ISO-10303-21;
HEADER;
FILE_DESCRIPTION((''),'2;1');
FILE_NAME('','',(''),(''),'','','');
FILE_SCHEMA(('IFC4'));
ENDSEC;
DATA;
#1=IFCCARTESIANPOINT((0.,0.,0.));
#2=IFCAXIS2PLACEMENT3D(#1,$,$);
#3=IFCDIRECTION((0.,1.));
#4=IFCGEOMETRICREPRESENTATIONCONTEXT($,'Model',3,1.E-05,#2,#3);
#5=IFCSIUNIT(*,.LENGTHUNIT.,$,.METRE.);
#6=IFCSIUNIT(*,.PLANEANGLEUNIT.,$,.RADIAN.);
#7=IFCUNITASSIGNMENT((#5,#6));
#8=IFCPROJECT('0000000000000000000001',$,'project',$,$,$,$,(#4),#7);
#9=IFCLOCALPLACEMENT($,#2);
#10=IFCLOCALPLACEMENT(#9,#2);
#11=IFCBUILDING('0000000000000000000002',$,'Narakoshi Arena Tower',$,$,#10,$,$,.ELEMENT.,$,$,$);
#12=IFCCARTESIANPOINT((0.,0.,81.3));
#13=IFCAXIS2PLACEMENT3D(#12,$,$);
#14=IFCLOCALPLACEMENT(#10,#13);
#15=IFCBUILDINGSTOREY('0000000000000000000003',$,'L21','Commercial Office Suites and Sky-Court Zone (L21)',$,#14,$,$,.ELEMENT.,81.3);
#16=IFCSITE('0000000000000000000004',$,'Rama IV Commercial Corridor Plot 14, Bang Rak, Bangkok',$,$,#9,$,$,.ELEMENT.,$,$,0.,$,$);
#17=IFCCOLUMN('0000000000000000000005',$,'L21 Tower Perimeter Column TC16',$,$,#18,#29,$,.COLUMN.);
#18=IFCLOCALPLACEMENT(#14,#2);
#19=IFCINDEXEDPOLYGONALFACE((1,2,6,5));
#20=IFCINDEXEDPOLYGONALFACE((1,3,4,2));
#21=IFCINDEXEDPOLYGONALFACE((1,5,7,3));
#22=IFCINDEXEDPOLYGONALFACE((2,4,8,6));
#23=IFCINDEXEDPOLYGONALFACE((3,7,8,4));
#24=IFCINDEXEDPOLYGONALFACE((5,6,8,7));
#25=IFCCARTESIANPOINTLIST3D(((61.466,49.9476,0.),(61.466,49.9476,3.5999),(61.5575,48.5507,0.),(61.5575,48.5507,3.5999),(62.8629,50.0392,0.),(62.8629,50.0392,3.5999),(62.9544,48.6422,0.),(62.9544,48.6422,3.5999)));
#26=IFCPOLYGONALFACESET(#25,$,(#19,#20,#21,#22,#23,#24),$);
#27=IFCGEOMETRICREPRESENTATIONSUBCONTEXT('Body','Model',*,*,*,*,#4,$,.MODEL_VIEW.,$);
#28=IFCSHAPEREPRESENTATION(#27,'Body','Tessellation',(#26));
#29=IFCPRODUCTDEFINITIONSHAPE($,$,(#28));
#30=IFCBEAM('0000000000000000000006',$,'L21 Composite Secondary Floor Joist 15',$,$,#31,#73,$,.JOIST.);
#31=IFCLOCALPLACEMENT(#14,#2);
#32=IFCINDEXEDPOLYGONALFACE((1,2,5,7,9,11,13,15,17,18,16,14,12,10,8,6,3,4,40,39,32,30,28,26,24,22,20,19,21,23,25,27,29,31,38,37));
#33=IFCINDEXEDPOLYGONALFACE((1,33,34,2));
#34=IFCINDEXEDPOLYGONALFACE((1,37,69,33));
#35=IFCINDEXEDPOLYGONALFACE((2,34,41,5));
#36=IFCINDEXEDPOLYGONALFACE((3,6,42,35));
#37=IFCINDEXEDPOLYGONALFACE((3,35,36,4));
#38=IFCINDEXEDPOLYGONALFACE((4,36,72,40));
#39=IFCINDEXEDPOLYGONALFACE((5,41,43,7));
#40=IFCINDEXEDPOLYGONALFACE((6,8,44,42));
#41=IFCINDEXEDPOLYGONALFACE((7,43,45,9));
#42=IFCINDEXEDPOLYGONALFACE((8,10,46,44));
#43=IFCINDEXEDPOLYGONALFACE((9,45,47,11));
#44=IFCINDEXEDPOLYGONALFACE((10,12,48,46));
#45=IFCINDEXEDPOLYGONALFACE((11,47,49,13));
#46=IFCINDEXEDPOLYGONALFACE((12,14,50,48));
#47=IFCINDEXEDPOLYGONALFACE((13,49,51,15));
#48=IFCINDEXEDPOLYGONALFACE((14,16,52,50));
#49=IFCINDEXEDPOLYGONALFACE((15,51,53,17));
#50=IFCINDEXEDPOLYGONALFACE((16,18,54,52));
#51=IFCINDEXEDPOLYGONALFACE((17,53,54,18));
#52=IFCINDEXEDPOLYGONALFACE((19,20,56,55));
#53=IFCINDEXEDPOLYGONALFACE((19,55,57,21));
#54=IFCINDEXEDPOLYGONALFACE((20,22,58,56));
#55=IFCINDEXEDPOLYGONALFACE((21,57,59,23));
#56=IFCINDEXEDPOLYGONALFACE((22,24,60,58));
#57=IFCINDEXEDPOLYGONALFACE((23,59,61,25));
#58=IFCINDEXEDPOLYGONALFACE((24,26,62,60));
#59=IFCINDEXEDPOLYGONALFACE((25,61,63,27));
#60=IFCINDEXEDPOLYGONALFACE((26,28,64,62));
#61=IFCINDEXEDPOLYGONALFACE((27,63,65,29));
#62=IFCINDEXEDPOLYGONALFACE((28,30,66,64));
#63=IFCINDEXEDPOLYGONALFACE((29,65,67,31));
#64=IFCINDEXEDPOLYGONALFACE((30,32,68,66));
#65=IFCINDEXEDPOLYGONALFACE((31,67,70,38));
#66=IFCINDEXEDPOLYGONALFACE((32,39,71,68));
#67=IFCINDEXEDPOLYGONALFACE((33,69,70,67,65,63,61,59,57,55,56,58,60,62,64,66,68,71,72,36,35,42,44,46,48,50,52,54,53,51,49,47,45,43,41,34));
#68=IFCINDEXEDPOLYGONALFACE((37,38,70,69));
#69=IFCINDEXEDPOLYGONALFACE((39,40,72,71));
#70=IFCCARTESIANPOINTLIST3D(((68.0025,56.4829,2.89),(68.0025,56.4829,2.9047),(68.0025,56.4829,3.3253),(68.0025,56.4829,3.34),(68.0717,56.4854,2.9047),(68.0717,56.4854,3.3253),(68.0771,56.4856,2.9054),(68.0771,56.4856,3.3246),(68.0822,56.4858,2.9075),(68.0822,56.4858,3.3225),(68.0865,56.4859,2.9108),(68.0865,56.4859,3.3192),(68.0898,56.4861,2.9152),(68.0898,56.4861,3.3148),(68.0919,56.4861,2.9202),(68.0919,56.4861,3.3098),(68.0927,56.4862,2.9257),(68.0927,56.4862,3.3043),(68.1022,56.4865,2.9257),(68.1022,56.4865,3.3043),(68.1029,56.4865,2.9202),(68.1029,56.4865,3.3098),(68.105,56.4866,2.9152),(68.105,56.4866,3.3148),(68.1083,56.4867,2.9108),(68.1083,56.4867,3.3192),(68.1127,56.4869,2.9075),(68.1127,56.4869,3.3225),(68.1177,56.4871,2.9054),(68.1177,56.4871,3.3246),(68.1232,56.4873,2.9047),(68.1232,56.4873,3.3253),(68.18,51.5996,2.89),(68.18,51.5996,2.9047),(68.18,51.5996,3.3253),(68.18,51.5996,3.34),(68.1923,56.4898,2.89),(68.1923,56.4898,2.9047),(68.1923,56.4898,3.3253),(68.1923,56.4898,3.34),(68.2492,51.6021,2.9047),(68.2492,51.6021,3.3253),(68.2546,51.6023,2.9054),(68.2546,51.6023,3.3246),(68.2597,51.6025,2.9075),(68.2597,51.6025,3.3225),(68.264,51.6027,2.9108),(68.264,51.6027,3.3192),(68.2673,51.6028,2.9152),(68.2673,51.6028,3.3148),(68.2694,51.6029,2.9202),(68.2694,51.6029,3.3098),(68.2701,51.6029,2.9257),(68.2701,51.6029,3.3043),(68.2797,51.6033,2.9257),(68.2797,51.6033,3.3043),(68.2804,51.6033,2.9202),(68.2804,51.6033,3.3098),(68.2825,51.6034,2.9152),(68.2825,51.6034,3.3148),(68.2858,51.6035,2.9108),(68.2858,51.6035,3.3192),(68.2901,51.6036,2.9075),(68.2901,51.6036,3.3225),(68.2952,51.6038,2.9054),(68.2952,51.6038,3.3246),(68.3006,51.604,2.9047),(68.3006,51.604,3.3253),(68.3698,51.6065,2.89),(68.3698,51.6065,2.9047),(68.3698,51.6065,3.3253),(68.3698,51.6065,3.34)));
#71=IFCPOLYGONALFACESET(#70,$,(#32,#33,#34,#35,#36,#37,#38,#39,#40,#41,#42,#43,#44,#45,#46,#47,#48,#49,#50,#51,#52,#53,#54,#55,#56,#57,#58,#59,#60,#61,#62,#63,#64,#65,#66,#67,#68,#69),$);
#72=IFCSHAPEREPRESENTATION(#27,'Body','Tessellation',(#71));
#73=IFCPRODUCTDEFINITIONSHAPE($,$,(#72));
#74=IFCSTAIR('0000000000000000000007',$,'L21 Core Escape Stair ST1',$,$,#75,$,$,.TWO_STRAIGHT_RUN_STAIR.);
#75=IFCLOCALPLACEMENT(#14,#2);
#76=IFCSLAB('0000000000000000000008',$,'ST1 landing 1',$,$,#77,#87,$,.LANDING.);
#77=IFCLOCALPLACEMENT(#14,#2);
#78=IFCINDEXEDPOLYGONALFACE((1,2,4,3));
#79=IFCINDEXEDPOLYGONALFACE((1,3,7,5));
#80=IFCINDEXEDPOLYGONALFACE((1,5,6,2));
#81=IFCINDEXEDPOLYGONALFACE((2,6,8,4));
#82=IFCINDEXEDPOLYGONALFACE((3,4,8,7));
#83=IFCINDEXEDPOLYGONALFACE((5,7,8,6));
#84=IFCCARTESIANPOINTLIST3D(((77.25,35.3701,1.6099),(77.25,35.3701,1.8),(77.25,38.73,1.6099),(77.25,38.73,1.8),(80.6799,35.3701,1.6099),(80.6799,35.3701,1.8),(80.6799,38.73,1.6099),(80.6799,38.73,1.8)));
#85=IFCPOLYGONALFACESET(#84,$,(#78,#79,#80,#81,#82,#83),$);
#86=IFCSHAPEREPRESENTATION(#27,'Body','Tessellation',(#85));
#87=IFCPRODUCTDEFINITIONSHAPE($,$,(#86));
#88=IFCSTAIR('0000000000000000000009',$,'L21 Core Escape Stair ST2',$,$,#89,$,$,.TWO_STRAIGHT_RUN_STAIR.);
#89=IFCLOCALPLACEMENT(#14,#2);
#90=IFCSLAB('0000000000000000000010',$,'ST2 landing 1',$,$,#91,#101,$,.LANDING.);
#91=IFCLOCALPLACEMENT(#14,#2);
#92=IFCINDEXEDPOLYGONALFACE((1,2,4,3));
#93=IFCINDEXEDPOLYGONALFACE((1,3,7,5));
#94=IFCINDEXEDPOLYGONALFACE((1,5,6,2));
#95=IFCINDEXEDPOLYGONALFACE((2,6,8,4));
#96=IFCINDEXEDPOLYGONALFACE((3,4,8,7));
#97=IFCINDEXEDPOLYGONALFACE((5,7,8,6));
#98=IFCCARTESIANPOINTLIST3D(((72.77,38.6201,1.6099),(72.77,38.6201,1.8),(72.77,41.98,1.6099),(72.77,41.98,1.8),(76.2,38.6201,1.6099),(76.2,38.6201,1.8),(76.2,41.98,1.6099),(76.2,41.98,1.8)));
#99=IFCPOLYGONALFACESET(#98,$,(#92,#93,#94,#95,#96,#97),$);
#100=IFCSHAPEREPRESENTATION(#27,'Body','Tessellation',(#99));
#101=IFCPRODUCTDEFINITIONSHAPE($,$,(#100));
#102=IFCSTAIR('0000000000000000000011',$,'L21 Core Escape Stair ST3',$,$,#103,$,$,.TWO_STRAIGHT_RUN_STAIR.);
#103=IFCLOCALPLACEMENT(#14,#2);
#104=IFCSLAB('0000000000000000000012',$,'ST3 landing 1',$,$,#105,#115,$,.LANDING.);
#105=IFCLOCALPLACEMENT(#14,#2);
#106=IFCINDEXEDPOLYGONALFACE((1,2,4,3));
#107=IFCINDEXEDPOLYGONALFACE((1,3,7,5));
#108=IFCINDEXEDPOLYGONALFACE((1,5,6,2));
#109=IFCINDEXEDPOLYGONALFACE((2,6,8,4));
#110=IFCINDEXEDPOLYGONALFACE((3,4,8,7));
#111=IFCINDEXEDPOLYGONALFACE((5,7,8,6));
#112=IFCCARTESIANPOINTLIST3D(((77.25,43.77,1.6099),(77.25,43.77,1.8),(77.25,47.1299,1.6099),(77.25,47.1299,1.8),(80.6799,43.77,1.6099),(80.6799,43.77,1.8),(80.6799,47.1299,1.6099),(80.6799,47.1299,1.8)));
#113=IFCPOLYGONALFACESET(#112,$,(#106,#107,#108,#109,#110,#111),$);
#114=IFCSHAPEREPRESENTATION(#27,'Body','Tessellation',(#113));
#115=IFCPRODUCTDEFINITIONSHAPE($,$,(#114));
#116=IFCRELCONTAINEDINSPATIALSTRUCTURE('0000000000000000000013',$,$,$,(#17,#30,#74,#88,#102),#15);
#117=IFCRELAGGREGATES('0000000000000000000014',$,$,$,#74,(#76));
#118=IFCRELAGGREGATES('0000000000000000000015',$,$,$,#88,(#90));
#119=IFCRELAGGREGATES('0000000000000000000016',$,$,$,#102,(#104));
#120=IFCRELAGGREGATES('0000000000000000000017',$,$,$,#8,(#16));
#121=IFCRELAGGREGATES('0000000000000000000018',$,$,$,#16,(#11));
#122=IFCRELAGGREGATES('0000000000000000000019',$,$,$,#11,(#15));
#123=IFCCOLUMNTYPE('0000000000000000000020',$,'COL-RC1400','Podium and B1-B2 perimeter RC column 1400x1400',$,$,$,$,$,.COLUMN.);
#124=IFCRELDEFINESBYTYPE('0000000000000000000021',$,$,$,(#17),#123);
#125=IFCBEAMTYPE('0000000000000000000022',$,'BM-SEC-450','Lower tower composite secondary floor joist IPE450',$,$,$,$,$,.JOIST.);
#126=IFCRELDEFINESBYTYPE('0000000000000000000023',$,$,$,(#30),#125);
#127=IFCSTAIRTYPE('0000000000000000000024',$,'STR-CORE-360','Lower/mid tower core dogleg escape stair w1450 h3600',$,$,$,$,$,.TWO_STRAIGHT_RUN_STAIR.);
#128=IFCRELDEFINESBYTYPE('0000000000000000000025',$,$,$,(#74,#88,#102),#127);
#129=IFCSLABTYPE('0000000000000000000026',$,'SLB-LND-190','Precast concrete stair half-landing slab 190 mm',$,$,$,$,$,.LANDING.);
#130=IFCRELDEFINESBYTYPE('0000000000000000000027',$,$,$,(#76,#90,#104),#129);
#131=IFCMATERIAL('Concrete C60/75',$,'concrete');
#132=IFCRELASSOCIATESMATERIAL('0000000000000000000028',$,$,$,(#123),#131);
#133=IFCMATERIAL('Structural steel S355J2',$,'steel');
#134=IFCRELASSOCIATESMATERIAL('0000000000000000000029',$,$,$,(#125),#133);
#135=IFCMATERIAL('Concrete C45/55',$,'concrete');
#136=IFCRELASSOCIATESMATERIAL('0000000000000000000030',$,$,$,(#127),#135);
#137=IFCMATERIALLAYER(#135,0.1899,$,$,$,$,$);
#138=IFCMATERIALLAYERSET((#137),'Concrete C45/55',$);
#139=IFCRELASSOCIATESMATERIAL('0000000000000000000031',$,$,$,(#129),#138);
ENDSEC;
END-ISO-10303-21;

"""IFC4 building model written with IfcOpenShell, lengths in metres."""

from ifc_helpers import new_model, si_unit, direction, frame, origin, origin_2d, place, context, subcontext, project, spatial, polyline, rectangle, i_section, outline, extrude, material, layer, layer_set, material_profile, profile_set, type_object, element, aggregate, save


model = new_model("IFC4")

# Units and contexts
model_context = context("Model", 3, precision=1e-05, world=origin(), true_north=direction((0.0, 1.0)))
body_context = subcontext(model_context, "Body", "Model", "MODEL_VIEW")
ifc_project = project(units=[si_unit("LENGTHUNIT", "METRE"), si_unit("PLANEANGLEUNIT", "RADIAN")], contexts=[model_context])

# Site, building, storey
site_placement = place(None, origin())
site = spatial("IfcSite", under=ifc_project, at=site_placement, Name="Rama IV Commercial Corridor Plot 14, Bang Rak, Bangkok", CompositionType="ELEMENT", RefElevation=0.0)
building_placement = place(site_placement, origin())
building = spatial("IfcBuilding", under=site, at=building_placement, Name="Narakoshi Arena Tower", CompositionType="ELEMENT")
storey_placement = place(building_placement, frame((0.0, 0.0, 81.3)))
storey = spatial("IfcBuildingStorey", under=building, at=storey_placement, Name="L21", Description="Commercial Office Suites and Sky-Court Zone (L21)", CompositionType="ELEMENT", Elevation=81.3)

# Column
ifc_material_1 = material(Name="Concrete C60/75", Category="concrete")
ifc_material_profile_1 = material_profile(ifc_material_1, rectangle(XDim=1.3999, YDim=1.3999, at=origin_2d()), Name="RC1400x1400")
ifc_profile_set_1 = profile_set([ifc_material_profile_1], Name="Concrete C60/75")
column_type = type_object("IfcColumnType", Name="COL-RC1400", Description="Podium and B1-B2 perimeter RC column 1400x1400", PredefinedType="COLUMN", material=ifc_profile_set_1)
column_placement = place(storey_placement, frame((62.2102, 49.2949, 0.0), z_axis=(0.0, 0.0, 1.0), x_axis=(-0.065403, 0.997859, 0.0)))
element("IfcColumn", 1, at=column_placement, inside=storey, type_object=column_type, Name="L21 Tower Perimeter Column TC16", PredefinedType="COLUMN", context=body_context, shape_type="SweptSolid", body=[
    extrude(rectangle(XDim=1.3999, YDim=1.3999, at=origin_2d()), origin(), (0.0, 0.0, 1.0), 3.5999),
])

# Beam
ifc_material_2 = material(Name="Structural steel S355J2", Category="steel")
ifc_material_profile_2 = material_profile(ifc_material_2, i_section(OverallWidth=0.1899, OverallDepth=0.45, WebThickness=0.0095, FlangeThickness=0.0146, FilletRadius=0.021, at=origin_2d()), Name="IPE450")
ifc_profile_set_2 = profile_set([ifc_material_profile_2], Name="Structural steel S355J2")
beam_type = type_object("IfcBeamType", Name="BM-SEC-450", Description="Lower tower composite secondary floor joist IPE450", PredefinedType="JOIST", material=ifc_profile_set_2)
beam_placement = place(storey_placement, frame((68.0974, 56.4863, 3.115), z_axis=(0.036322, -0.99934, 0.0), x_axis=(0.99934, 0.036322, 0.0)))
element("IfcBeam", 2, at=beam_placement, inside=storey, type_object=beam_type, Name="L21 Composite Secondary Floor Joist 15", PredefinedType="JOIST", context=body_context, shape_type="SweptSolid", body=[
    extrude(i_section(OverallWidth=0.1899, OverallDepth=0.45, WebThickness=0.0095, FlangeThickness=0.0146, FilletRadius=0.021, at=origin_2d()), origin(), (0.0, 0.0, 1.0), 4.8865),
])

# Stairs, slabs
ifc_material_3 = material(Name="Concrete C45/55", Category="concrete")
stair_type = type_object("IfcStairType", Name="STR-CORE-360", Description="Lower/mid tower core dogleg escape stair w1450 h3600", PredefinedType="TWO_STRAIGHT_RUN_STAIR", material=ifc_material_3)
stair_1_placement = place(storey_placement, origin())
stair_1 = element("IfcStair", 3, at=stair_1_placement, inside=storey, type_object=stair_type, Name="L21 Core Escape Stair ST1", PredefinedType="TWO_STRAIGHT_RUN_STAIR")
ifc_layer_1 = layer(ifc_material_3, 0.1899)
ifc_layer_set_1 = layer_set([ifc_layer_1], Name="Concrete C45/55")
slab_type_1 = type_object("IfcSlabType", Name="SLB-LND-190", Description="Precast concrete stair half-landing slab 190 mm", PredefinedType="LANDING", material=ifc_layer_set_1)
slab_1_placement = place(storey_placement, frame((0.0, 0.0, 1.6099)))
slab_1 = element("IfcSlab", 4, at=slab_1_placement, type_object=slab_type_1, Name="ST1 landing 1", PredefinedType="LANDING", context=body_context, shape_type="SweptSolid", body=[
    extrude(outline(polyline([(77.25, 35.3701), (80.6799, 35.3701), (80.6799, 38.73), (77.25, 38.73), (77.25, 35.3701)])), origin(), (0.0, 0.0, 1.0), 0.1902),
])
aggregate(stair_1, [slab_1])
stair_2_placement = place(storey_placement, origin())
stair_2 = element("IfcStair", 5, at=stair_2_placement, inside=storey, type_object=stair_type, Name="L21 Core Escape Stair ST2", PredefinedType="TWO_STRAIGHT_RUN_STAIR")
slab_2_placement = place(storey_placement, frame((0.0, 0.0, 1.6099)))
slab_2 = element("IfcSlab", 6, at=slab_2_placement, type_object=slab_type_1, Name="ST2 landing 1", PredefinedType="LANDING", context=body_context, shape_type="SweptSolid", body=[
    extrude(outline(polyline([(72.77, 38.6201), (76.2, 38.6201), (76.2, 41.98), (72.77, 41.98), (72.77, 38.6201)])), origin(), (0.0, 0.0, 1.0), 0.1902),
])
aggregate(stair_2, [slab_2])
stair_3_placement = place(storey_placement, origin())
stair_3 = element("IfcStair", 7, at=stair_3_placement, inside=storey, type_object=stair_type, Name="L21 Core Escape Stair ST3", PredefinedType="TWO_STRAIGHT_RUN_STAIR")
slab_3_placement = place(storey_placement, frame((0.0, 0.0, 1.6099)))
slab_3 = element("IfcSlab", 8, at=slab_3_placement, type_object=slab_type_1, Name="ST3 landing 1", PredefinedType="LANDING", context=body_context, shape_type="SweptSolid", body=[
    extrude(outline(polyline([(77.25, 43.77), (80.6799, 43.77), (80.6799, 47.1299), (77.25, 47.1299), (77.25, 43.77)])), origin(), (0.0, 0.0, 1.0), 0.1902),
])
aggregate(stair_3, [slab_3])

save(model, "model.ifc")
